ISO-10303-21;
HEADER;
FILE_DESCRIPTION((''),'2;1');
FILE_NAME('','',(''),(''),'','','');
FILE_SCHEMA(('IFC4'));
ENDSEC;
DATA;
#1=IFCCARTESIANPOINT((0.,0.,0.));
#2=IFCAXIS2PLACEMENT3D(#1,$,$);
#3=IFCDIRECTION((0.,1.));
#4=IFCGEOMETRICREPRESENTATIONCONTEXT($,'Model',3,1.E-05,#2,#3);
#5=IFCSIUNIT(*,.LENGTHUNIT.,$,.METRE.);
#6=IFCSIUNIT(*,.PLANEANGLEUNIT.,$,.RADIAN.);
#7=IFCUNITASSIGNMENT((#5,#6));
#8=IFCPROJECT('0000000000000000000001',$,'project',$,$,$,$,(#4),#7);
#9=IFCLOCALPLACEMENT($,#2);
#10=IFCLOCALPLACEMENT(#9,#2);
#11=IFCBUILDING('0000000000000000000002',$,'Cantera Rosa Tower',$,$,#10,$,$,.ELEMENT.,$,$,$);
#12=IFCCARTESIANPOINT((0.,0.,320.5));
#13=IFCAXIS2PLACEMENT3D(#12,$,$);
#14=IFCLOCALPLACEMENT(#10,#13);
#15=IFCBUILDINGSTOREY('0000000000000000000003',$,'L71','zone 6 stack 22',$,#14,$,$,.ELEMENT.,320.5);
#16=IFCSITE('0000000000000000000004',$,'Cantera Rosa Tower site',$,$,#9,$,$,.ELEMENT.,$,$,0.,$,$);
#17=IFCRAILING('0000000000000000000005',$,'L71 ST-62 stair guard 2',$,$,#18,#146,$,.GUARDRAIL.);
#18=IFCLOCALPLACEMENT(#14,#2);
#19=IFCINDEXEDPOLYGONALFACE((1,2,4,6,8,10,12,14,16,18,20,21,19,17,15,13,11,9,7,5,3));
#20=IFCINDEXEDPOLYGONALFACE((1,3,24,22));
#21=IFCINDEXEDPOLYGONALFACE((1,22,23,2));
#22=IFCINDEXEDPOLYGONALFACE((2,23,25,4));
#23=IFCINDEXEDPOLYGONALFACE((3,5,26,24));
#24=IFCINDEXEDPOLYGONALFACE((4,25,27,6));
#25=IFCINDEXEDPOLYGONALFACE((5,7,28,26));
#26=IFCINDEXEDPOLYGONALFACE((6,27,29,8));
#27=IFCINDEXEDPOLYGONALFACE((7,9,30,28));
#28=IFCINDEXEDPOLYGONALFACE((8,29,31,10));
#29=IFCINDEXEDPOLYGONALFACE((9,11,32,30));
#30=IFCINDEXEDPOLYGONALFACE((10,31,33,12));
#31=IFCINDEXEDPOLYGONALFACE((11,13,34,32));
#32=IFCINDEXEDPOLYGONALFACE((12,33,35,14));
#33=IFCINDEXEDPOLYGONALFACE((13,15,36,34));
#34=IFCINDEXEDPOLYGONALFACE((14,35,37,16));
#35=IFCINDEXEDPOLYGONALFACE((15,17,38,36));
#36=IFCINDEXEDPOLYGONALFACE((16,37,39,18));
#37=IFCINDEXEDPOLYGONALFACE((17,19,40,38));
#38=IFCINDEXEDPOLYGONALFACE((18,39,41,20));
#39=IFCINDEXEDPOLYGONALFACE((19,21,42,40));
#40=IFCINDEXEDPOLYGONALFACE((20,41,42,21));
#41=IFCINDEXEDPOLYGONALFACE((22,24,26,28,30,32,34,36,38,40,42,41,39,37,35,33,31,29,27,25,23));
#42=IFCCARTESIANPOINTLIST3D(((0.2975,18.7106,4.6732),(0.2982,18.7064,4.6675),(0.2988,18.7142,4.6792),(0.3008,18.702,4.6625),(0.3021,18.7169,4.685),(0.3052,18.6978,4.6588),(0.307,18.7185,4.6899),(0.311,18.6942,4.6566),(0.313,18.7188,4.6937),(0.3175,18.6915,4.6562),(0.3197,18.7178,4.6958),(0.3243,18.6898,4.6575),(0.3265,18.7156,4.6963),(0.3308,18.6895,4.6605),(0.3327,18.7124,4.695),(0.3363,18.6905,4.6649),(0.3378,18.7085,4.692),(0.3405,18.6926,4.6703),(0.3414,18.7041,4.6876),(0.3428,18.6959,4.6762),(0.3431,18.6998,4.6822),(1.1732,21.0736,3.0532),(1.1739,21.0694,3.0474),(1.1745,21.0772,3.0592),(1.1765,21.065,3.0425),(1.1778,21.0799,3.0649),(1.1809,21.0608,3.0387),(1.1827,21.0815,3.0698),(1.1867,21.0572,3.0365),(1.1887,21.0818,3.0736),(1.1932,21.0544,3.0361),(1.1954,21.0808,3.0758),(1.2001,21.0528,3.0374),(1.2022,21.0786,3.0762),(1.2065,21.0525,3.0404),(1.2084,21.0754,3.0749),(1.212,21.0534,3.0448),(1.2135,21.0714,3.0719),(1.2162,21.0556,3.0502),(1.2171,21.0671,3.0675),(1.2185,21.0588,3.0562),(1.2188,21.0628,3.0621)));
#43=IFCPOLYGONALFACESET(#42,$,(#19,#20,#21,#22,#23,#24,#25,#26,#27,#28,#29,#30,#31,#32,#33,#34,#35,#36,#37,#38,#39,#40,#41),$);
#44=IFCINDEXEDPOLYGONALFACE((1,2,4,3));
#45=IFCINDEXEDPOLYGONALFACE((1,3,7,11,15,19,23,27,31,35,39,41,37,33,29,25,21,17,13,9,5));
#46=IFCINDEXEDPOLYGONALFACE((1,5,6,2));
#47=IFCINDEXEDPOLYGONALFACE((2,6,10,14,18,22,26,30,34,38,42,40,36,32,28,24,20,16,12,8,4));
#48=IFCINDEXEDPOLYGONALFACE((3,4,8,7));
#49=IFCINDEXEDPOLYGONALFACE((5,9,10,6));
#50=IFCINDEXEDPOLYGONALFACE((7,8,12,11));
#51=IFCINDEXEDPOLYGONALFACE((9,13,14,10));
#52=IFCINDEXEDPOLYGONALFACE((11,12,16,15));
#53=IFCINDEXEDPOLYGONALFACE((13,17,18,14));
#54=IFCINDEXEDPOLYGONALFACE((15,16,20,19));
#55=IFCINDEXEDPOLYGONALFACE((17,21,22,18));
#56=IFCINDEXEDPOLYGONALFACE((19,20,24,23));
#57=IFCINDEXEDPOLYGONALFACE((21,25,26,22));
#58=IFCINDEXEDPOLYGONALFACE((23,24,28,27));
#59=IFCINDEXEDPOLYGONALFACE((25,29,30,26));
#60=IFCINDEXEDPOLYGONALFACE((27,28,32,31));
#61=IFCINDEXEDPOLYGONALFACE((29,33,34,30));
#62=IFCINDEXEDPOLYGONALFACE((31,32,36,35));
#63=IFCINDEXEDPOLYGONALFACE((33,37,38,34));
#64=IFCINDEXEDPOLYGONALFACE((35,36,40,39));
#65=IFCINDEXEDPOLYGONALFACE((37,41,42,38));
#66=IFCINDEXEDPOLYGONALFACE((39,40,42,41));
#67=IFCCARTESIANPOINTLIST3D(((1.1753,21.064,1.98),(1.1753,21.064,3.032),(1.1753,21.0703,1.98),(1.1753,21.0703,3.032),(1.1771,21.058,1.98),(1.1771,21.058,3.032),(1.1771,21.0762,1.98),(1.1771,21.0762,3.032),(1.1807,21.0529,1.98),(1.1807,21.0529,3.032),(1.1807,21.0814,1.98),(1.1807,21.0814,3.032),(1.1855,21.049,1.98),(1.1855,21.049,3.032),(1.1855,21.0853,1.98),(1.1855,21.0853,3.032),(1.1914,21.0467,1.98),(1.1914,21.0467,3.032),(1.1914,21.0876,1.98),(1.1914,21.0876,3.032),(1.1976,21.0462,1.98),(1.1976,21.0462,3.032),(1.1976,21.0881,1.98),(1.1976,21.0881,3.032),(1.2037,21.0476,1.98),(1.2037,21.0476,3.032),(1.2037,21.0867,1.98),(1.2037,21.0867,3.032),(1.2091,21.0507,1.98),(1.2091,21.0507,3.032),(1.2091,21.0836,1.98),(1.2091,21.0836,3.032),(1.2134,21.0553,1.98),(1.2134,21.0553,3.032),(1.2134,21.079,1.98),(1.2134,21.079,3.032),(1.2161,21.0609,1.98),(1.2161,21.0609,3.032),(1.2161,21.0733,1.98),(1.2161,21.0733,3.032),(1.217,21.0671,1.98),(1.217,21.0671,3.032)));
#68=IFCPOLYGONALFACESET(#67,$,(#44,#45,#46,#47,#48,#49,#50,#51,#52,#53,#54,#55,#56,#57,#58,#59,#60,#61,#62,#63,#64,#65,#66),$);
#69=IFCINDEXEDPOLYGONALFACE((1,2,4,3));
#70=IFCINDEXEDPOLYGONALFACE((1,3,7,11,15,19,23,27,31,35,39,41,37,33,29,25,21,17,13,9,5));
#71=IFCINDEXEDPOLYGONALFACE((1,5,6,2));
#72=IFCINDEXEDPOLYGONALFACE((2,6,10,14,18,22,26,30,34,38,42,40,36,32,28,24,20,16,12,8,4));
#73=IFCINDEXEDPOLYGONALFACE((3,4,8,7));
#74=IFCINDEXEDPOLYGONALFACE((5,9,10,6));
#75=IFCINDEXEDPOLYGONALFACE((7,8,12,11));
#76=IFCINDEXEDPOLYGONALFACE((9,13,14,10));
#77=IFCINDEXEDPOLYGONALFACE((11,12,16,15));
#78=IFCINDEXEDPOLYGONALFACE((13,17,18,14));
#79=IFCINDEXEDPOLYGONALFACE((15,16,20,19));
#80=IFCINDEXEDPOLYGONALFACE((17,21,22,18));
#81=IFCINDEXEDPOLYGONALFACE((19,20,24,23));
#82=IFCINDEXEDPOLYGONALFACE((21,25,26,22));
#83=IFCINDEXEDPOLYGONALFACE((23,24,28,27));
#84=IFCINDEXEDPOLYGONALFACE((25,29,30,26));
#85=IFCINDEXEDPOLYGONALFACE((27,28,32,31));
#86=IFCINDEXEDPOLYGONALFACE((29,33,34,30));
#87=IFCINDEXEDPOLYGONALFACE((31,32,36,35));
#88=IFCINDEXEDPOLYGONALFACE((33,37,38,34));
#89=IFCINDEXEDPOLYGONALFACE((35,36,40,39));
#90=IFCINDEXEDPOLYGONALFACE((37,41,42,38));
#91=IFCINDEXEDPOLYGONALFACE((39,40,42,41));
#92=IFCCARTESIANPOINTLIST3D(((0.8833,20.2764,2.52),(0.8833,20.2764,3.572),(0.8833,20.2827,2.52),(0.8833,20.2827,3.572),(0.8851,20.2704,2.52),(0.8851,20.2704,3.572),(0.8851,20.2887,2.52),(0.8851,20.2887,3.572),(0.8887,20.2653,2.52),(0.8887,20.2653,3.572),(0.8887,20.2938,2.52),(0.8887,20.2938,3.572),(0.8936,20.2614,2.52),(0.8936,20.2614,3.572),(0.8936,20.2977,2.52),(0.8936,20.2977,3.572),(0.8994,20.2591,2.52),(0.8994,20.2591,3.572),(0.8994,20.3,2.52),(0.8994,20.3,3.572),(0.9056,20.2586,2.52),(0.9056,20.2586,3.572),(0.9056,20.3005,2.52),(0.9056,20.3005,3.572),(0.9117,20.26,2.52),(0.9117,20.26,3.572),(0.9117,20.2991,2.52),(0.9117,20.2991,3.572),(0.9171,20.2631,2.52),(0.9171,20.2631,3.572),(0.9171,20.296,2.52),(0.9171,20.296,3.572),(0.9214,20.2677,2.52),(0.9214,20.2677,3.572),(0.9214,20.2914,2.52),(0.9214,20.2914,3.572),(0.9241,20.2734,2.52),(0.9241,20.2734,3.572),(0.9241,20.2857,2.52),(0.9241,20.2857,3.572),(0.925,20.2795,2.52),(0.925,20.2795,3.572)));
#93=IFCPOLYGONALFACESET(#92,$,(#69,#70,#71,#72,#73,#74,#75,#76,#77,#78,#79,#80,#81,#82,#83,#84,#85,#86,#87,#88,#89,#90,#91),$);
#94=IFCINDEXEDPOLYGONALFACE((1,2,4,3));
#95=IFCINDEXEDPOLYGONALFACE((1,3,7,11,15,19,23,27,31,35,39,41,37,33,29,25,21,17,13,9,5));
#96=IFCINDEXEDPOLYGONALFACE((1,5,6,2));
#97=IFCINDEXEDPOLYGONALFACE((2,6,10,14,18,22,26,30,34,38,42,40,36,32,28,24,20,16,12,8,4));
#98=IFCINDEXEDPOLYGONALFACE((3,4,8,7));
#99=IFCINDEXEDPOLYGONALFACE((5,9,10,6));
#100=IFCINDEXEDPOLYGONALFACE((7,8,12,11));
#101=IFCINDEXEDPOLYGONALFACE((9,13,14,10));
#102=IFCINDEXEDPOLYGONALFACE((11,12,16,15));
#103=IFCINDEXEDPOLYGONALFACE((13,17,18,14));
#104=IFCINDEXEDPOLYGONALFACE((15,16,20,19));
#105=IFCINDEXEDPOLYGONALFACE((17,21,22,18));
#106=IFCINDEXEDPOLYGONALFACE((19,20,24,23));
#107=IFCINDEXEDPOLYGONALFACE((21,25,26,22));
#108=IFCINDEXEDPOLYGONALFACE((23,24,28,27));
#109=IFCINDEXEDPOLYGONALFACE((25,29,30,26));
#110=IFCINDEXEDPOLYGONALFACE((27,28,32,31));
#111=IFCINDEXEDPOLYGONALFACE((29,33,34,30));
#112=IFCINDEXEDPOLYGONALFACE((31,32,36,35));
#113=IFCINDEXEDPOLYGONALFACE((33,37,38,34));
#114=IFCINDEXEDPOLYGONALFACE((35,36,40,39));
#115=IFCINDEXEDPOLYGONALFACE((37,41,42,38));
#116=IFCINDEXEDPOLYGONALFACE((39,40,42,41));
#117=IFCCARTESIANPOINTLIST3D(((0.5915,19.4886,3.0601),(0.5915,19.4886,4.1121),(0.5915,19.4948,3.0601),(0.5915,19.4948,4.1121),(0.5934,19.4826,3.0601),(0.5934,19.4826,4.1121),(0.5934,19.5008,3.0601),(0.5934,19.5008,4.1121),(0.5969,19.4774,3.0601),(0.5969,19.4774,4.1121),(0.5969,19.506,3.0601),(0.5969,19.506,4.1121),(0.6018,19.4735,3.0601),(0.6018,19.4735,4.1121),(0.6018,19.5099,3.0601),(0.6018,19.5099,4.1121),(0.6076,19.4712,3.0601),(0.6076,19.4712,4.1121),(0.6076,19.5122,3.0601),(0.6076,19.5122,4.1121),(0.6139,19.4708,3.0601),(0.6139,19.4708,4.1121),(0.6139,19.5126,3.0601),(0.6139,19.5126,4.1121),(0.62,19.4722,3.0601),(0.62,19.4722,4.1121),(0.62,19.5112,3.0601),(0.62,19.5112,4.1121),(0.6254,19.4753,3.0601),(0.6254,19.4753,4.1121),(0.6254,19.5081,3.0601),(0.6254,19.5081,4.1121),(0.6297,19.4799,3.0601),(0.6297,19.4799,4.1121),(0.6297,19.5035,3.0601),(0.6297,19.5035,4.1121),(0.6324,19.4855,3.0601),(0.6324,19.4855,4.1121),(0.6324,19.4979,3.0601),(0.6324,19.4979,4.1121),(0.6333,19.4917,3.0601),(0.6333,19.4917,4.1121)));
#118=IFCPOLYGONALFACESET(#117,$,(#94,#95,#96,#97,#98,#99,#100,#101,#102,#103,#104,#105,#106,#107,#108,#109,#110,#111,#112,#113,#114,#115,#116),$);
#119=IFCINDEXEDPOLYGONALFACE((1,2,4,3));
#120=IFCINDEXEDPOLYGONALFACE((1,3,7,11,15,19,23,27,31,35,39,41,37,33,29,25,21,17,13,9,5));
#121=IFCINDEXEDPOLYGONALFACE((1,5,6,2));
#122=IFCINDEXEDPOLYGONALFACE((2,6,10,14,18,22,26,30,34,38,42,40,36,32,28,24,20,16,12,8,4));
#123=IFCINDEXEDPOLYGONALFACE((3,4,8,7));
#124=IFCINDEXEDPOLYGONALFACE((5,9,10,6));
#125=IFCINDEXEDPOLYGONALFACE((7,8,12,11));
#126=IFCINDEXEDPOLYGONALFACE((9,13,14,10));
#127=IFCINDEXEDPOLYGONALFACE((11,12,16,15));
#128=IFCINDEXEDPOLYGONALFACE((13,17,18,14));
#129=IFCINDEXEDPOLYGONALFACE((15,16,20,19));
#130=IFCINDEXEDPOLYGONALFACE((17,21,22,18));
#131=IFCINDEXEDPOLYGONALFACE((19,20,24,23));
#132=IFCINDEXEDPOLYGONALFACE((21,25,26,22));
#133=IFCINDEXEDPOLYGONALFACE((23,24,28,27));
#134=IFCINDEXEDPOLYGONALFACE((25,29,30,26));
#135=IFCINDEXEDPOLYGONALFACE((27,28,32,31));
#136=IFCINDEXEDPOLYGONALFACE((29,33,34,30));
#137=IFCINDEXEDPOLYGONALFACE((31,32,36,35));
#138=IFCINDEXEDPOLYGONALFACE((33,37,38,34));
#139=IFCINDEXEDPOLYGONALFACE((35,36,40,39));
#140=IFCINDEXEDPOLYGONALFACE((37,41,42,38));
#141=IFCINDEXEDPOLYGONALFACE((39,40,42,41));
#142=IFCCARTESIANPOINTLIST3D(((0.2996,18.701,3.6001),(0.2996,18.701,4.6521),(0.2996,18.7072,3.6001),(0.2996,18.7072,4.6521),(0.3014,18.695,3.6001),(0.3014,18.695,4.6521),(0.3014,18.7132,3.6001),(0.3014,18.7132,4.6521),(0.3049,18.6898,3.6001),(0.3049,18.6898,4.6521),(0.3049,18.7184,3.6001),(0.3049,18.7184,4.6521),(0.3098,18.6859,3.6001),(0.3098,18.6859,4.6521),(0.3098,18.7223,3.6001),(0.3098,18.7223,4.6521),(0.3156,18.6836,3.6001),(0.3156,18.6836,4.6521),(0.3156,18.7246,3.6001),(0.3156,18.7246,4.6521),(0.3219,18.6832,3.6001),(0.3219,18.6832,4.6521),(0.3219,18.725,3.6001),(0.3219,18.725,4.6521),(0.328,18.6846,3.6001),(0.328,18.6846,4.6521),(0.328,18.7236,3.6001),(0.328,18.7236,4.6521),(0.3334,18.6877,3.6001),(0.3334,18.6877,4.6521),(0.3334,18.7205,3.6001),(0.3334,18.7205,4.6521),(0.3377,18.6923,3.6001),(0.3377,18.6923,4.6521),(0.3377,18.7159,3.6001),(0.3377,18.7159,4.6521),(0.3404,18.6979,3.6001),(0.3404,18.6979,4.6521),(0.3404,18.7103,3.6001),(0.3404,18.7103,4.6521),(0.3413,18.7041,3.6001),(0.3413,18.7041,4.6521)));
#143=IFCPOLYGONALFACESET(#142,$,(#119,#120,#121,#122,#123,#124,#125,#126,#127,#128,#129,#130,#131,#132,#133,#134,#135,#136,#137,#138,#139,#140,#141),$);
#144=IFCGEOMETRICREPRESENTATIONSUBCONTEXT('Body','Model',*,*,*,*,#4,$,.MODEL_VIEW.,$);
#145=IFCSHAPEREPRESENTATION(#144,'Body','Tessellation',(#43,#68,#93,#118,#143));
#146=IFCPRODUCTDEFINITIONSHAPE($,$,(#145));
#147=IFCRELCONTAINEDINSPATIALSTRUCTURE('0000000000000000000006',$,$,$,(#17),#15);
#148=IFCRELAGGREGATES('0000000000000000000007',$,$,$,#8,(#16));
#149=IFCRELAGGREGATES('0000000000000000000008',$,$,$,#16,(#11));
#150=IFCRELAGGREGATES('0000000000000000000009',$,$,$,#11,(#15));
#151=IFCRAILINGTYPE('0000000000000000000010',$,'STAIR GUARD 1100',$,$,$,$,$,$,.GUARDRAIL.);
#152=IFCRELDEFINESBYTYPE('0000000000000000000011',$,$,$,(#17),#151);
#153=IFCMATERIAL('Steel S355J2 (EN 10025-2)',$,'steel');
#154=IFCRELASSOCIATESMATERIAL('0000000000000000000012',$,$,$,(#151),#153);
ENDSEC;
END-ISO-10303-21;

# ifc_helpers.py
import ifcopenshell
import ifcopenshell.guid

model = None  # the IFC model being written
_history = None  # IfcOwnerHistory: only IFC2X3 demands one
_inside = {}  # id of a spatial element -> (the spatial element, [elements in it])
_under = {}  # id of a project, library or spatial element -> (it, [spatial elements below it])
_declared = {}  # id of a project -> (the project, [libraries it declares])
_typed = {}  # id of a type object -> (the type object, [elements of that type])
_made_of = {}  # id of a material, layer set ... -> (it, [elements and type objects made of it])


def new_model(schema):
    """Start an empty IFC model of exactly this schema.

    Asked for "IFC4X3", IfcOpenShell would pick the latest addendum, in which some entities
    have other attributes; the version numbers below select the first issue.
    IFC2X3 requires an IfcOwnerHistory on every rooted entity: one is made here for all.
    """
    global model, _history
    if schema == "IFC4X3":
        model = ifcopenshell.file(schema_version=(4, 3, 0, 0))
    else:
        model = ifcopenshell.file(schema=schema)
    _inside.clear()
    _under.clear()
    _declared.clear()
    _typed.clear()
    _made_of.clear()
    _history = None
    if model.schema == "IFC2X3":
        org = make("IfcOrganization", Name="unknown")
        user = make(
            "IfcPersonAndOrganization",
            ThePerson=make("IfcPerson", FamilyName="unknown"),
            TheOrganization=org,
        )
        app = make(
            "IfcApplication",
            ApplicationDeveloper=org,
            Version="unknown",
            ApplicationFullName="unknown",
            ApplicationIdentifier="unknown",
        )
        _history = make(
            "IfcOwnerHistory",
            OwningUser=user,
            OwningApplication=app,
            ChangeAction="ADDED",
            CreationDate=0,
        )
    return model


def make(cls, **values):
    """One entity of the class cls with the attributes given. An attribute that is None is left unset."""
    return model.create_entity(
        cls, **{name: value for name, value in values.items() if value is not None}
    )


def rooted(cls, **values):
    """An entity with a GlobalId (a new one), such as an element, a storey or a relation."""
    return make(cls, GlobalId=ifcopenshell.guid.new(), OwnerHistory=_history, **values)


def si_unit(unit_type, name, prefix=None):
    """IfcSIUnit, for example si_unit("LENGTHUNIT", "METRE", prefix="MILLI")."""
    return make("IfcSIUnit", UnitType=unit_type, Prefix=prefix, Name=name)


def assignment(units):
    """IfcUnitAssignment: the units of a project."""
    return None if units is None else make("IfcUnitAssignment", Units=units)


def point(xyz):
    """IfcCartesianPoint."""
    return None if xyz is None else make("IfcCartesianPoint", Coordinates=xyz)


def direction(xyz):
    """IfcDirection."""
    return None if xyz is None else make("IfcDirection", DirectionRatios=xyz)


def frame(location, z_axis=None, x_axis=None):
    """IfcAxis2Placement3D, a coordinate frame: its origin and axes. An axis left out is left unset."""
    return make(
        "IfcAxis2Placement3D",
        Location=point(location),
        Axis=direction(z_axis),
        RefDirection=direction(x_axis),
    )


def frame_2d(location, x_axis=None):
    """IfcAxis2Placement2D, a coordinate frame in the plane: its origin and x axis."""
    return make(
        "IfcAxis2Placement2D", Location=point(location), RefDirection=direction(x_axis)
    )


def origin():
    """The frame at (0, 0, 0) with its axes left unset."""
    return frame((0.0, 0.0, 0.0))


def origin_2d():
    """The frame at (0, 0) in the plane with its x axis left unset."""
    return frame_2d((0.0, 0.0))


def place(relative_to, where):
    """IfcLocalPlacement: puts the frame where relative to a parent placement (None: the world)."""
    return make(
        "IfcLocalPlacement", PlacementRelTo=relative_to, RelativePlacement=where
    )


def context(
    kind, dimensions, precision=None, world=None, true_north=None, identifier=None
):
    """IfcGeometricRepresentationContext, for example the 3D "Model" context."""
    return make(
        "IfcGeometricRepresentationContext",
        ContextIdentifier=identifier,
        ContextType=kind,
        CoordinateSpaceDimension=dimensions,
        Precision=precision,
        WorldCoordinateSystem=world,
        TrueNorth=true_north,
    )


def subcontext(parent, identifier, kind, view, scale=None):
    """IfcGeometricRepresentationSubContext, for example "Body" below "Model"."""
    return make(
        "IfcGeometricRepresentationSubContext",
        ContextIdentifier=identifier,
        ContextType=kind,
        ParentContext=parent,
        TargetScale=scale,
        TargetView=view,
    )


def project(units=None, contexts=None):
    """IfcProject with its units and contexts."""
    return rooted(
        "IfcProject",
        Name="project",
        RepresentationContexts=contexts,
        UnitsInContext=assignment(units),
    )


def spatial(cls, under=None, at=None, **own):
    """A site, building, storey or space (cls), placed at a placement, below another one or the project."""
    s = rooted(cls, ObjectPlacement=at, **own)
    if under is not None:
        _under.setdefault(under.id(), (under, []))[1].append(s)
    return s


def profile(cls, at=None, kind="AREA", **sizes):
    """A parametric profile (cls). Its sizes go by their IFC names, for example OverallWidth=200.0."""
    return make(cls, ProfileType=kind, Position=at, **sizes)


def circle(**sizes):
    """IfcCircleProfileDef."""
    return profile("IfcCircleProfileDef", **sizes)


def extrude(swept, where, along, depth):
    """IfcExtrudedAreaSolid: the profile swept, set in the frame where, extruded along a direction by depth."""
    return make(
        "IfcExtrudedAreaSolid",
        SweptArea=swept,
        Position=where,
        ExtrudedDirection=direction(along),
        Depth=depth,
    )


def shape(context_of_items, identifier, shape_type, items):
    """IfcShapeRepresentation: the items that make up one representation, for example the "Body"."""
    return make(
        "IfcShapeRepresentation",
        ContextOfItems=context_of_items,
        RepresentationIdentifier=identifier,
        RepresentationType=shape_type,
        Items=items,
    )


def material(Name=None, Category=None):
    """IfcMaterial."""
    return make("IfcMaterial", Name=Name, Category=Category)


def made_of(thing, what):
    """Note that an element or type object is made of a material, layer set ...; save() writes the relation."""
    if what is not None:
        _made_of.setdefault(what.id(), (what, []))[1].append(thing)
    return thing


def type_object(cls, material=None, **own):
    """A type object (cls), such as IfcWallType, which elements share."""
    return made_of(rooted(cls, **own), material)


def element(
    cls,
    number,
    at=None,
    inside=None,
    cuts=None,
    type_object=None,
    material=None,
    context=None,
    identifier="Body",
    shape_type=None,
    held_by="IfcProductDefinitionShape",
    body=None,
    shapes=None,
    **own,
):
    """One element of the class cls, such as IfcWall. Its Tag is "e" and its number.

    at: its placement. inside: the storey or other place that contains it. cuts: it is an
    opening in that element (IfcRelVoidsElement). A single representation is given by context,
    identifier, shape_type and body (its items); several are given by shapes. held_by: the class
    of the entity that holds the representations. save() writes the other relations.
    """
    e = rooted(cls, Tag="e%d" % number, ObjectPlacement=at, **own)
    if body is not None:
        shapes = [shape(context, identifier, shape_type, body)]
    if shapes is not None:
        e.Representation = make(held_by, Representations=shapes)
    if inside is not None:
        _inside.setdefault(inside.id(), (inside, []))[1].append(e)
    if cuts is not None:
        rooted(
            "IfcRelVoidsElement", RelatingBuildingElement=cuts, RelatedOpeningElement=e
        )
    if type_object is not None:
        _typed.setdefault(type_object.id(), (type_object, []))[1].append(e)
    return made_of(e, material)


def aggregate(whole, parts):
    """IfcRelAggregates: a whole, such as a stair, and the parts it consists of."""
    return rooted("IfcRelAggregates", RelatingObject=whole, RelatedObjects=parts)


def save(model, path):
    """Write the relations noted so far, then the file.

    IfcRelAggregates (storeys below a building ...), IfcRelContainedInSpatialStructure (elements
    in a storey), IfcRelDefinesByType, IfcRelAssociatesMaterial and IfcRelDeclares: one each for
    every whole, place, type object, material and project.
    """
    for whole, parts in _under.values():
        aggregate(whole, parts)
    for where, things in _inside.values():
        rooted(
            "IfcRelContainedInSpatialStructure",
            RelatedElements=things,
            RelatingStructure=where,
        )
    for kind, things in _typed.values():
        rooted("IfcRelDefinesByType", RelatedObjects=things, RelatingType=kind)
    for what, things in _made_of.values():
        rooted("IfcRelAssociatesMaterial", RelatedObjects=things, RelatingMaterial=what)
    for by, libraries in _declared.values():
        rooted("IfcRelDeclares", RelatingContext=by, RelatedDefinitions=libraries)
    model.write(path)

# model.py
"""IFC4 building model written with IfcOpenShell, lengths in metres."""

from ifc_helpers import new_model, si_unit, direction, frame, origin, origin_2d, place, context, subcontext, project, spatial, circle, extrude, material, type_object, element, save


model = new_model("IFC4")

# Units and contexts
model_context = context("Model", 3, precision=1e-05, world=origin(), true_north=direction((0.0, 1.0)))
body_context = subcontext(model_context, "Body", "Model", "MODEL_VIEW")
ifc_project = project(units=[si_unit("LENGTHUNIT", "METRE"), si_unit("PLANEANGLEUNIT", "RADIAN")], contexts=[model_context])

# Site, building, storey
site_placement = place(None, origin())
site = spatial("IfcSite", under=ifc_project, at=site_placement, Name="Cantera Rosa Tower site", CompositionType="ELEMENT", RefElevation=0.0)
building_placement = place(site_placement, origin())
building = spatial("IfcBuilding", under=site, at=building_placement, Name="Cantera Rosa Tower", CompositionType="ELEMENT")
storey_placement = place(building_placement, frame((0.0, 0.0, 320.5)))
storey = spatial("IfcBuildingStorey", under=building, at=storey_placement, Name="L71", Description="zone 6 stack 22", CompositionType="ELEMENT", Elevation=320.5)

# Railing
ifc_material_1 = material(Name="Steel S355J2 (EN 10025-2)", Category="steel")
railing_type_1 = type_object("IfcRailingType", Name="STAIR GUARD 1100", PredefinedType="GUARDRAIL", material=ifc_material_1)
railing_1_placement = place(storey_placement, frame((1.196, 21.0671, 1.98)))
element("IfcRailing", 1, at=railing_1_placement, inside=storey, type_object=railing_type_1, Name="L71 ST-62 stair guard 2", PredefinedType="GUARDRAIL", context=body_context, shape_type="SweptSolid", body=[
    extrude(circle(Radius=0.0239, at=origin_2d()), frame((0.0, 0.0, 1.0762), z_axis=(-0.292307, -0.788748, 0.540772), x_axis=(0.93768, -0.347501, 0.0)), (0.0, 0.0, 1.0), 2.9958),
    extrude(circle(Radius=0.021, at=origin_2d()), origin(), (0.0, 0.0, 1.0), 1.052),
    extrude(circle(Radius=0.021, at=origin_2d()), frame((-0.292, -0.7876, 0.54)), (0.0, 0.0, 1.0), 1.052),
    extrude(circle(Radius=0.021, at=origin_2d()), frame((-0.5837, -1.5754, 1.0801)), (0.0, 0.0, 1.0), 1.052),
    extrude(circle(Radius=0.021, at=origin_2d()), frame((-0.8757, -2.363, 1.6201)), (0.0, 0.0, 1.0), 1.052),
])

save(model, "model.ifc")
